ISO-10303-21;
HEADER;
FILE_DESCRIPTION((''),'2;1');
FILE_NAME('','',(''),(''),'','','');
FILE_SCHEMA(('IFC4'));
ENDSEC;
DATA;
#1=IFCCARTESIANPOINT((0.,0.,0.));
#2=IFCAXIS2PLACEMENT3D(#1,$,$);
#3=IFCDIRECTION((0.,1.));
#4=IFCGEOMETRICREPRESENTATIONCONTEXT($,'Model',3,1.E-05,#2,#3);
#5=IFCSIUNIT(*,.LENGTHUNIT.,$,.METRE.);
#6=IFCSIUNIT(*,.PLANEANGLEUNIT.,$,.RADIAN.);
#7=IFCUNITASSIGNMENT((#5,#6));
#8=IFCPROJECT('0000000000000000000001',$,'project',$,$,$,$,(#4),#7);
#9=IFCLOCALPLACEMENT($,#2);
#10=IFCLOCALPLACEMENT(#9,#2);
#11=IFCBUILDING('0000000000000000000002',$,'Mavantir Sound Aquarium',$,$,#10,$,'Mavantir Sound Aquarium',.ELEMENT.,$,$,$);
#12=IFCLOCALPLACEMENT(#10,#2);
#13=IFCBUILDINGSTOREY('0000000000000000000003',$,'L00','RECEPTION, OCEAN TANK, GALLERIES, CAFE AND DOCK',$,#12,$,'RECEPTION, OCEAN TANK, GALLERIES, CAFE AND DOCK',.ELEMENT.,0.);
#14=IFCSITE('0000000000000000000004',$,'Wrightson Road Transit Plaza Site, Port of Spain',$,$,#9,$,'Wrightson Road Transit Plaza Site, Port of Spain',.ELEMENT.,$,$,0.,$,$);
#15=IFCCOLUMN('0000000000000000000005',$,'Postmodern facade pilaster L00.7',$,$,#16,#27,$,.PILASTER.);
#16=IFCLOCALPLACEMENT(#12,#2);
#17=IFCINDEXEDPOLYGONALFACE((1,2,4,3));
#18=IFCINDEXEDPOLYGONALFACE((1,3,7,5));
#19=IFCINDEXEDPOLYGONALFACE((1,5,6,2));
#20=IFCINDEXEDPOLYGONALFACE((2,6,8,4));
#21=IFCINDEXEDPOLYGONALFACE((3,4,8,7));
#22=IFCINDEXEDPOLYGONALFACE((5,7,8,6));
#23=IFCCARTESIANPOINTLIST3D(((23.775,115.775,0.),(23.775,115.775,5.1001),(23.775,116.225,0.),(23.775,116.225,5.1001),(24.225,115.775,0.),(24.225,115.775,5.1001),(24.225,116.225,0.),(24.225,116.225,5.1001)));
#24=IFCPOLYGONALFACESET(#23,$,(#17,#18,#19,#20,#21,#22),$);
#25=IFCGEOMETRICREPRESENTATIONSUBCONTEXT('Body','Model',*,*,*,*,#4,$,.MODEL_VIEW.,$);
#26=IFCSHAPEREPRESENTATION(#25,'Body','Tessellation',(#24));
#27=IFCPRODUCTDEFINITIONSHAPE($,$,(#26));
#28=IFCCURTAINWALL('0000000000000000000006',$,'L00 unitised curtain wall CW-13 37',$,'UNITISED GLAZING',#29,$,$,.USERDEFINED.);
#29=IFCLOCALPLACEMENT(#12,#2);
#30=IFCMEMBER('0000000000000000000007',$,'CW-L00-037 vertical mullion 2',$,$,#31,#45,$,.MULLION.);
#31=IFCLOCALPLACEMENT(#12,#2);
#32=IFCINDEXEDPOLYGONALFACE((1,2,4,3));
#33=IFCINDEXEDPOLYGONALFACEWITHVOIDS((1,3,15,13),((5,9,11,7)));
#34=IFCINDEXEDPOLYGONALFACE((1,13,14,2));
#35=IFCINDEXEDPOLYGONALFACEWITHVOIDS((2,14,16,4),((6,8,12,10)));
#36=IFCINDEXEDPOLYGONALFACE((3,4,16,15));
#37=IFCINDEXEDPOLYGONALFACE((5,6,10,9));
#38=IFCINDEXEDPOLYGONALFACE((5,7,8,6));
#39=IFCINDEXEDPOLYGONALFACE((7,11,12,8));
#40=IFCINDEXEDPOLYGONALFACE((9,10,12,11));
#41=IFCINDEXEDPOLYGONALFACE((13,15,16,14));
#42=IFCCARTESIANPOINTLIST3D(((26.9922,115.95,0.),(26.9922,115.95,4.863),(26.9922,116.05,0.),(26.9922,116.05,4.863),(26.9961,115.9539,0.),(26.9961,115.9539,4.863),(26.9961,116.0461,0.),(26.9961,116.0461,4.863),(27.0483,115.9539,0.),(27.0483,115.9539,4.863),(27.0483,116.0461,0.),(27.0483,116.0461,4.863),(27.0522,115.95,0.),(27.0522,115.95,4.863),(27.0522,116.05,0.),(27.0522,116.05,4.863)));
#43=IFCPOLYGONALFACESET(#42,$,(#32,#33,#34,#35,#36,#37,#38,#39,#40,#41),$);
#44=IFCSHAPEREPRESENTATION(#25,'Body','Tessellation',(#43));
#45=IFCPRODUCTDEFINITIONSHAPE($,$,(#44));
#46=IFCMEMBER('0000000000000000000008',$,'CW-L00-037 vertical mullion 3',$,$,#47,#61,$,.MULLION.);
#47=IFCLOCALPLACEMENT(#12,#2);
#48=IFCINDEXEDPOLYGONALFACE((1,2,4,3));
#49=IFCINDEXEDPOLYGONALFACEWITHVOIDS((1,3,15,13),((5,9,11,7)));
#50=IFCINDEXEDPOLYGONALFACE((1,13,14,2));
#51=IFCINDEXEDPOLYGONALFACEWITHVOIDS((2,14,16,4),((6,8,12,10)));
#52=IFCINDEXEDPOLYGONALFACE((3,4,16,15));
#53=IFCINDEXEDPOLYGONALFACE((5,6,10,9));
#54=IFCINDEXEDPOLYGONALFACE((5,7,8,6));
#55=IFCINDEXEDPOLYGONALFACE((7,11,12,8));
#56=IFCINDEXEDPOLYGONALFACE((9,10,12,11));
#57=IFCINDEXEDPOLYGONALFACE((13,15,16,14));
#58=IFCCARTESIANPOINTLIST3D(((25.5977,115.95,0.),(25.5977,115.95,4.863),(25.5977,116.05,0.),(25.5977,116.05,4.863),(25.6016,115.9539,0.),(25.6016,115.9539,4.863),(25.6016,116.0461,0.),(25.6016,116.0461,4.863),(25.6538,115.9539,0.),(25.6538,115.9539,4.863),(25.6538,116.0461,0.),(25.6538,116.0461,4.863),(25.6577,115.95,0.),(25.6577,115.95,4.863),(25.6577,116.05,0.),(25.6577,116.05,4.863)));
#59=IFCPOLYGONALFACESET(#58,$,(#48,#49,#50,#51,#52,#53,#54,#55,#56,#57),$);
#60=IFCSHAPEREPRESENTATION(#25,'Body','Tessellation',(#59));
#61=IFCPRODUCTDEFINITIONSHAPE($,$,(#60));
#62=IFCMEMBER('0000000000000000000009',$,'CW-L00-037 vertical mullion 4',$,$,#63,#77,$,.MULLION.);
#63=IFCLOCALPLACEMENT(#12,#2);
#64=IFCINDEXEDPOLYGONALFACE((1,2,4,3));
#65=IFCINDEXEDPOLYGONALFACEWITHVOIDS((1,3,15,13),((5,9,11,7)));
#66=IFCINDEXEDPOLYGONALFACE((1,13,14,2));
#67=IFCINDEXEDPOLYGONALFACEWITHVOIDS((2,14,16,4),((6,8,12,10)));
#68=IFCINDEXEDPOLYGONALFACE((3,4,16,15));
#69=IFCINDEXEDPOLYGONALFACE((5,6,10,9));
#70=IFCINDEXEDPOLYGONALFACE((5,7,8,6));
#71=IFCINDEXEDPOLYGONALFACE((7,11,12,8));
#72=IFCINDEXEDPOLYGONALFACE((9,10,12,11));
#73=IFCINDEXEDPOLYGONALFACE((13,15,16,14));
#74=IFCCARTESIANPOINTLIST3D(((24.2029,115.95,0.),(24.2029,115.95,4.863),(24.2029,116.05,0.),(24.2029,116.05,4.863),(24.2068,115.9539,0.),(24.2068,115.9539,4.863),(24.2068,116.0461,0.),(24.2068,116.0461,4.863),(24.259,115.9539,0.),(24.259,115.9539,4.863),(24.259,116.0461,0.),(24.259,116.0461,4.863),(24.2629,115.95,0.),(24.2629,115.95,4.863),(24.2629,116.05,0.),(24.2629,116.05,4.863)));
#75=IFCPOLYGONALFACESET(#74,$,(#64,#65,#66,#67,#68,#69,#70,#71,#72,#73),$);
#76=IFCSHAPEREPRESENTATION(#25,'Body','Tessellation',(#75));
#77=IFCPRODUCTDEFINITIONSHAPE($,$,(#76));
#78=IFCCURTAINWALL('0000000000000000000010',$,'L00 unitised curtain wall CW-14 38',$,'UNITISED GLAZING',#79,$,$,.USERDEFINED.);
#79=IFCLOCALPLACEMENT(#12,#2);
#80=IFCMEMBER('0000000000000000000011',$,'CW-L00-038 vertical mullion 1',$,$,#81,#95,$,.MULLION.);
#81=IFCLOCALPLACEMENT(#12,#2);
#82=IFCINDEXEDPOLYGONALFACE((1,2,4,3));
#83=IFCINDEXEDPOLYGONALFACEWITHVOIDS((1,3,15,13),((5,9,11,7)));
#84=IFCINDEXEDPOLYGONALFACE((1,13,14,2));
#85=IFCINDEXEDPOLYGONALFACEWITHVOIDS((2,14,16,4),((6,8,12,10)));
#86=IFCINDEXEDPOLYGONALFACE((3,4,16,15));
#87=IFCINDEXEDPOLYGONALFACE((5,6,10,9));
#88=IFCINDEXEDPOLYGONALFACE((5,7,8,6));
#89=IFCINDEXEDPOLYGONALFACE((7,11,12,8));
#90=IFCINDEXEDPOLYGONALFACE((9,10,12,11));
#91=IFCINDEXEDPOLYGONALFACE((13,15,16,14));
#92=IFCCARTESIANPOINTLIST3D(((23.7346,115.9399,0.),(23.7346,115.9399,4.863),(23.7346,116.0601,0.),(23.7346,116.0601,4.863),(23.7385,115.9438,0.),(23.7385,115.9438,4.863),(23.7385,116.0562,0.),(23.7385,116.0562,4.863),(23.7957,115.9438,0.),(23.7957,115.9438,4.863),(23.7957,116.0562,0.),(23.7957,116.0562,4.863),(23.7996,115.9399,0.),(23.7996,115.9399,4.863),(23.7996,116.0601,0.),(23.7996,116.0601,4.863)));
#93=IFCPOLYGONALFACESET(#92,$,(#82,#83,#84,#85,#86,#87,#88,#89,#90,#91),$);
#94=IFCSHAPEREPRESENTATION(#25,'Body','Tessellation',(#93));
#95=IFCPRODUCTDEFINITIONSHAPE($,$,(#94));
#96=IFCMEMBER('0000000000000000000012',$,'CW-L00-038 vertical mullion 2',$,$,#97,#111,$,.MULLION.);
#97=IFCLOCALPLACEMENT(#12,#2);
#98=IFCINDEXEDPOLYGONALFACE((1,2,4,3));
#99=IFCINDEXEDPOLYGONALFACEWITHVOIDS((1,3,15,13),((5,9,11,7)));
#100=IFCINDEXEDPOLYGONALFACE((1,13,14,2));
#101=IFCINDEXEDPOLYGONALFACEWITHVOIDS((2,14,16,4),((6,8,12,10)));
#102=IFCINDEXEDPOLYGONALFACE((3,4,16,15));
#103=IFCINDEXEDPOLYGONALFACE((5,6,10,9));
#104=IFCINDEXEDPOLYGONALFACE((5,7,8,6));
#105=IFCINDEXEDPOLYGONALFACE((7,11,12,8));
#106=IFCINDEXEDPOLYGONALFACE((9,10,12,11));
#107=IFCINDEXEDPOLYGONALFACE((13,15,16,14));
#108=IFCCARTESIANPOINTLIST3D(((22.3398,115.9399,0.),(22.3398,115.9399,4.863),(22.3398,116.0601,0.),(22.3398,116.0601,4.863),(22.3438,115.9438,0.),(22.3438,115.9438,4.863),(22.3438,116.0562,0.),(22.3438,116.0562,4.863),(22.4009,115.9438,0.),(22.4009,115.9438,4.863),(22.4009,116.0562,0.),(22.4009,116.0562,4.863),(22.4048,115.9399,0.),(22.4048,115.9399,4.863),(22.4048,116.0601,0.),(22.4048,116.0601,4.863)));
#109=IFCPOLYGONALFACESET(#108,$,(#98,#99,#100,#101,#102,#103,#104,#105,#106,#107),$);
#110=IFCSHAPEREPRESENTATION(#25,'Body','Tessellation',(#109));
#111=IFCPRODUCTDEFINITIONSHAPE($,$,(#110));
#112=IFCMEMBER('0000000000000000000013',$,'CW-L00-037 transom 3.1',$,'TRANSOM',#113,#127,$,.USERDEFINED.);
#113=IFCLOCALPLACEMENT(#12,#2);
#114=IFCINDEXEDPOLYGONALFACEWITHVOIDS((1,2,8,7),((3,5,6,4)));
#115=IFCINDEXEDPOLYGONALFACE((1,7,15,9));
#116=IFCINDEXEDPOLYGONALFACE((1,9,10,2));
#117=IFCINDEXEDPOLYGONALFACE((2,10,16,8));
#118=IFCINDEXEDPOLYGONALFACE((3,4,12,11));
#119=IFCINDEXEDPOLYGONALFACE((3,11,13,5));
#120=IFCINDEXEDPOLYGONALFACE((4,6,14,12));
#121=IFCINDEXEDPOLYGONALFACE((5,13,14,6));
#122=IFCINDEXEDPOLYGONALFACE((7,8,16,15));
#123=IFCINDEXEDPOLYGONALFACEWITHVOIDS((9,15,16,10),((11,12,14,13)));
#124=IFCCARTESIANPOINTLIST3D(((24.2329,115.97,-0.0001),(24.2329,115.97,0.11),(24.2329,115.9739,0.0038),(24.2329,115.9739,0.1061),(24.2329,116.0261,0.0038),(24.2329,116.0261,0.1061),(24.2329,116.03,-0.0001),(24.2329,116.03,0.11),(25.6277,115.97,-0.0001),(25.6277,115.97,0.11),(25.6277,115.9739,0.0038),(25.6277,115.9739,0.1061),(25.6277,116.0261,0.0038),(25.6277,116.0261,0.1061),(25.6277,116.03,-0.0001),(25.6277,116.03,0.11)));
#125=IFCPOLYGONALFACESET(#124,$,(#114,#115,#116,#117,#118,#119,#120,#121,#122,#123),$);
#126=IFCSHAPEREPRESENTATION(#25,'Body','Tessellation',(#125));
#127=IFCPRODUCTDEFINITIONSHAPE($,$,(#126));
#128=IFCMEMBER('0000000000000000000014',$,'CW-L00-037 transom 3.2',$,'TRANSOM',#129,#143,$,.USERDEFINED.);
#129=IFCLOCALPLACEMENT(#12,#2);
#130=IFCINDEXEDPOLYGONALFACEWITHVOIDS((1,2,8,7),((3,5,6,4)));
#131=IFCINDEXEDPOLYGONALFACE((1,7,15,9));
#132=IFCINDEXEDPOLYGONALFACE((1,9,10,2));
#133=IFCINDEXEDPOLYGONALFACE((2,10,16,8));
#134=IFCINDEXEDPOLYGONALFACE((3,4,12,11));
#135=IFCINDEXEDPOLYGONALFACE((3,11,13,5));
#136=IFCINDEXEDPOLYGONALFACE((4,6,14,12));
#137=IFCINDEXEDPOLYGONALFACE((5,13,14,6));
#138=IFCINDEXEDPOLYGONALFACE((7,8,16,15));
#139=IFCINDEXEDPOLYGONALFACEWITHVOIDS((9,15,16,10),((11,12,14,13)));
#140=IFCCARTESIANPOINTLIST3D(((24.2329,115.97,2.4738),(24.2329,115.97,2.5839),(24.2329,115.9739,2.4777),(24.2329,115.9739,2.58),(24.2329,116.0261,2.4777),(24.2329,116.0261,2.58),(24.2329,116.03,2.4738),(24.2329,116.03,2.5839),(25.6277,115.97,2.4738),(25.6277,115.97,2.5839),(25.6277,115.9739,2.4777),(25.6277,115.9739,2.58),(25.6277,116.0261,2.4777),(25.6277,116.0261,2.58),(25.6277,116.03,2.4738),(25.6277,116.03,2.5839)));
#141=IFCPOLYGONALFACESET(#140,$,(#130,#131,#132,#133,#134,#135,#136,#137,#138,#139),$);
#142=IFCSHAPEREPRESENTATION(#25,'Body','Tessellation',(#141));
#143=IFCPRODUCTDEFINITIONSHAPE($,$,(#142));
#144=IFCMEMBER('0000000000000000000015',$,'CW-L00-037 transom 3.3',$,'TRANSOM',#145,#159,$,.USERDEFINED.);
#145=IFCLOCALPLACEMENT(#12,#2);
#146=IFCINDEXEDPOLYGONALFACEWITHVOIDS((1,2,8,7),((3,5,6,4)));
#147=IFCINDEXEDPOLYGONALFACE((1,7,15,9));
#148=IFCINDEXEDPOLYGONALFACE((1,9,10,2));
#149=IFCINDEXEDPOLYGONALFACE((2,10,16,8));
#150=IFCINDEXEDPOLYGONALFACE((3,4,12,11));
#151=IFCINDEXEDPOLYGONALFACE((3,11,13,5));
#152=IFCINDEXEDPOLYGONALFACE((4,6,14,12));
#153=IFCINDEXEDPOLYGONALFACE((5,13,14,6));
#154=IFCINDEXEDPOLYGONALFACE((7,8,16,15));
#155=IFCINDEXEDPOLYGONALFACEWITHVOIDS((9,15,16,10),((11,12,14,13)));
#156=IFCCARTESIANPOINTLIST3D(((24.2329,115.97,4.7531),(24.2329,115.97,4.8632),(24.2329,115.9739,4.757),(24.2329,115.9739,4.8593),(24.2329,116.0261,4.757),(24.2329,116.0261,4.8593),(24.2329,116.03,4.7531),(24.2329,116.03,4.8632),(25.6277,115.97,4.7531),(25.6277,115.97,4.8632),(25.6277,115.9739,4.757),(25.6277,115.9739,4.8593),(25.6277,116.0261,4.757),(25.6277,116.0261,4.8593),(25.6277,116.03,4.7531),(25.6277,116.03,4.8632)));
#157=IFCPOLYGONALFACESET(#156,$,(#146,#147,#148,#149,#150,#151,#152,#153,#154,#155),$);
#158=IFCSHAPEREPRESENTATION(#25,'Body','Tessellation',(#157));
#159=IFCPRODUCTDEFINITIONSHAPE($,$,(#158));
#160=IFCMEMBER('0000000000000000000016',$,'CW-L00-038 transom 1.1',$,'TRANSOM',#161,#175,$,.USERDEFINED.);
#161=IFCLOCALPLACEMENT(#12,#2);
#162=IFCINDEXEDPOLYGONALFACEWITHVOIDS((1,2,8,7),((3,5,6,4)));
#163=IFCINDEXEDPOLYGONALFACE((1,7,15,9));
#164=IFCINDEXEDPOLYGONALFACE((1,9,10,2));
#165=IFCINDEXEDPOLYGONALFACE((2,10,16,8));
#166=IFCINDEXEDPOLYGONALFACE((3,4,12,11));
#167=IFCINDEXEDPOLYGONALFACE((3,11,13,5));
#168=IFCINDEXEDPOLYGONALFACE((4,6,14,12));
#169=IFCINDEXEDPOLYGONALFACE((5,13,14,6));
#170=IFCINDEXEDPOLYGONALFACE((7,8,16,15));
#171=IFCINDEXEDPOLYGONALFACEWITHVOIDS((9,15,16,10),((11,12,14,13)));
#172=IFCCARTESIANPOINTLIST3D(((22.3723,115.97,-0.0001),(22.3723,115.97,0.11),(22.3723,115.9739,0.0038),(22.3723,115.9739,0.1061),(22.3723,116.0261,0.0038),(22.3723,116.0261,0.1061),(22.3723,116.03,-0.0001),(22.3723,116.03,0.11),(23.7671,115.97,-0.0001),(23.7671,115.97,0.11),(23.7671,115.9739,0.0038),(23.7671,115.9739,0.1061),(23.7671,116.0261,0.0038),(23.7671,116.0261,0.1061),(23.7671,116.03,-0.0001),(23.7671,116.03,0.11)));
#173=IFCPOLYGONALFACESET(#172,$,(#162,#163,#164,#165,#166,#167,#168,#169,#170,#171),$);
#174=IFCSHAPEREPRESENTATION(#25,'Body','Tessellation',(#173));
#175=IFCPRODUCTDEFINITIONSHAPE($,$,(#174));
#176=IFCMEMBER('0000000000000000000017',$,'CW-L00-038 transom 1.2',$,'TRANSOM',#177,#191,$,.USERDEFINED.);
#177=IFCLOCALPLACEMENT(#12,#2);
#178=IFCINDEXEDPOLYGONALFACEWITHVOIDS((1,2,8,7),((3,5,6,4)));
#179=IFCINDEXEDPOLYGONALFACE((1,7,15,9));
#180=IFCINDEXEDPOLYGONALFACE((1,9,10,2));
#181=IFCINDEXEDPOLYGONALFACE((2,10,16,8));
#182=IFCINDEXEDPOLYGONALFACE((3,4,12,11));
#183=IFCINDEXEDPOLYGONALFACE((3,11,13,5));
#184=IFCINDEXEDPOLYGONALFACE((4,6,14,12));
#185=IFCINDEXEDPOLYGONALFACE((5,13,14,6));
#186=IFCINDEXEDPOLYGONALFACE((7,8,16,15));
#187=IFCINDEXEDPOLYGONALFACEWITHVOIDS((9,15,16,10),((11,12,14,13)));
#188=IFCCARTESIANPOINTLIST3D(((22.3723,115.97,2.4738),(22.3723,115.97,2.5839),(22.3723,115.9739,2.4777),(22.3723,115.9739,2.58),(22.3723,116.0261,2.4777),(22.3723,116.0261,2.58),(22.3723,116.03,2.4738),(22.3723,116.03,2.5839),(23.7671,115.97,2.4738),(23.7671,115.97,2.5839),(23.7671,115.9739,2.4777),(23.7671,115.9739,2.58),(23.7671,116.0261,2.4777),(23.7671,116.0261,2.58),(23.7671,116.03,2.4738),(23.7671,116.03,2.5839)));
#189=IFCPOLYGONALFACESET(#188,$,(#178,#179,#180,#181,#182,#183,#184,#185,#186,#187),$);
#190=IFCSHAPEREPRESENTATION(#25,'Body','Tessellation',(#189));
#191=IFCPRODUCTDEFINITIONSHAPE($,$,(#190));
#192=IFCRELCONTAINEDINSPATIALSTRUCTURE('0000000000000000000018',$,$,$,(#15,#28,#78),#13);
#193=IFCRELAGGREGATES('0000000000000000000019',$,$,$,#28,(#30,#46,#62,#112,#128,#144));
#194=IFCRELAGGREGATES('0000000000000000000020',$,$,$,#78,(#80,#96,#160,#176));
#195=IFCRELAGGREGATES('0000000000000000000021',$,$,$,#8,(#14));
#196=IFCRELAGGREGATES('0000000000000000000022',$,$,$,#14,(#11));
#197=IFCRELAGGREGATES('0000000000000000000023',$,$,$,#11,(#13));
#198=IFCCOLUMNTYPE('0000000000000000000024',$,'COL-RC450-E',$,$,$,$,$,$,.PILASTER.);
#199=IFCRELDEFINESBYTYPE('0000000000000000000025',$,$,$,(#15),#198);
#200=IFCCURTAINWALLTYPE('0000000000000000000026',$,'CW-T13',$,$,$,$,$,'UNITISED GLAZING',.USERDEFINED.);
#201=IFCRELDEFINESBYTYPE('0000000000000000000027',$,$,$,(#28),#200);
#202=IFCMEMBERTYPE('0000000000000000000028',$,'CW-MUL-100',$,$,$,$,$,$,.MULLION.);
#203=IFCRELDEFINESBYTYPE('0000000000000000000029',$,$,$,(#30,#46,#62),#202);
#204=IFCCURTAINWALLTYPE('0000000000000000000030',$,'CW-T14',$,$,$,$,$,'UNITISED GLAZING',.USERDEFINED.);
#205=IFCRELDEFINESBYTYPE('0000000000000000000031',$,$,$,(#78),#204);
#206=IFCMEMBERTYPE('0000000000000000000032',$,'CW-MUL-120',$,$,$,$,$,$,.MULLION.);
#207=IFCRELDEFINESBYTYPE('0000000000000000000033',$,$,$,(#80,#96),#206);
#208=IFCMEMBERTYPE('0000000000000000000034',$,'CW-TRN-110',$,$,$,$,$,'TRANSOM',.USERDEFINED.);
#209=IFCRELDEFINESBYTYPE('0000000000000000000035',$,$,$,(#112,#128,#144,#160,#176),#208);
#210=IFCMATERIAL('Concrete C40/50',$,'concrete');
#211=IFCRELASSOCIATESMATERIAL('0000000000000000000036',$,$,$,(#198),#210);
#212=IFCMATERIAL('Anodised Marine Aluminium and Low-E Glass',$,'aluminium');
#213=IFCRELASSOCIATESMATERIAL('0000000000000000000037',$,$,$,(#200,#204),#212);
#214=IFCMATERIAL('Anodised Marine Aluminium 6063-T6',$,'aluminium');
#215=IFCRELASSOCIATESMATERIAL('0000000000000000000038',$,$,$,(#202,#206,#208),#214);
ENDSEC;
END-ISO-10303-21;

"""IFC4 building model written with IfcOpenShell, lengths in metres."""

from ifc_helpers import new_model, si_unit, direction, frame, origin, origin_2d, place, context, subcontext, project, spatial, rectangle, hollow_rectangle, extrude, material, material_profile, profile_set, type_object, element, aggregate, save


model = new_model("IFC4")

# Units and contexts
model_context = context("Model", 3, precision=1e-05, world=origin(), true_north=direction((0.0, 1.0)))
body_context = subcontext(model_context, "Body", "Model", "MODEL_VIEW")
ifc_project = project(units=[si_unit("LENGTHUNIT", "METRE"), si_unit("PLANEANGLEUNIT", "RADIAN")], contexts=[model_context])

# Site, building, storey
site_placement = place(None, origin())
site = spatial("IfcSite", under=ifc_project, at=site_placement, Name="Wrightson Road Transit Plaza Site, Port of Spain", LongName="Wrightson Road Transit Plaza Site, Port of Spain", CompositionType="ELEMENT", RefElevation=0.0)
building_placement = place(site_placement, origin())
building = spatial("IfcBuilding", under=site, at=building_placement, Name="Mavantir Sound Aquarium", LongName="Mavantir Sound Aquarium", CompositionType="ELEMENT")
storey_placement = place(building_placement, origin())
storey = spatial("IfcBuildingStorey", under=building, at=storey_placement, Name="L00", Description="RECEPTION, OCEAN TANK, GALLERIES, CAFE AND DOCK", LongName="RECEPTION, OCEAN TANK, GALLERIES, CAFE AND DOCK", CompositionType="ELEMENT", Elevation=0.0)

# Column
ifc_material_1 = material(Name="Concrete C40/50", Category="concrete")
ifc_material_profile_1 = material_profile(ifc_material_1, rectangle(XDim=0.45, YDim=0.45, at=origin_2d()), Name="RC 450X450")
ifc_profile_set_1 = profile_set([ifc_material_profile_1], Name="Concrete C40/50")
column_type = type_object("IfcColumnType", Name="COL-RC450-E", PredefinedType="PILASTER", material=ifc_profile_set_1)
column_placement = place(storey_placement, frame((24.0, 116.0, 0.0), z_axis=(0.0, 0.0, 1.0), x_axis=(1.0, 0.0, 0.0)))
element("IfcColumn", 1, at=column_placement, inside=storey, type_object=column_type, Name="Postmodern facade pilaster L00.7", PredefinedType="PILASTER", context=body_context, shape_type="SweptSolid", body=[
    extrude(rectangle(XDim=0.45, YDim=0.45, at=origin_2d()), origin(), (0.0, 0.0, 1.0), 5.1001),
])

# Curtain walls, members
ifc_material_2 = material(Name="Anodised Marine Aluminium and Low-E Glass", Category="aluminium")
curtain_wall_type_1 = type_object("IfcCurtainWallType", Name="CW-T13", ElementType="UNITISED GLAZING", PredefinedType="USERDEFINED", material=ifc_material_2)
curtain_wall_1_placement = place(storey_placement, origin())
curtain_wall_1 = element("IfcCurtainWall", 2, at=curtain_wall_1_placement, inside=storey, type_object=curtain_wall_type_1, Name="L00 unitised curtain wall CW-13 37", ObjectType="UNITISED GLAZING", PredefinedType="USERDEFINED")
ifc_material_3 = material(Name="Anodised Marine Aluminium 6063-T6", Category="aluminium")
ifc_material_profile_2 = material_profile(ifc_material_3, hollow_rectangle(XDim=0.0601, YDim=0.1001, WallThickness=0.0039, at=origin_2d()), Name="ALU-MULLION-100X60")
ifc_profile_set_2 = profile_set([ifc_material_profile_2], Name="Anodised Marine Aluminium 6063-T6")
member_type_1 = type_object("IfcMemberType", Name="CW-MUL-100", PredefinedType="MULLION", material=ifc_profile_set_2)
member_1_placement = place(storey_placement, frame((27.0222, 116.0, 0.0), z_axis=(0.0, 0.0, 1.0), x_axis=(1.0, 0.0, 0.0)))
member_1 = element("IfcMember", 3, at=member_1_placement, type_object=member_type_1, Name="CW-L00-037 vertical mullion 2", PredefinedType="MULLION", context=body_context, shape_type="SweptSolid", body=[
    extrude(hollow_rectangle(XDim=0.0601, YDim=0.1001, WallThickness=0.0039, at=origin_2d()), origin(), (0.0, 0.0, 1.0), 4.863),
])
member_2_placement = place(storey_placement, frame((25.6277, 116.0, 0.0), z_axis=(0.0, 0.0, 1.0), x_axis=(1.0, 0.0, 0.0)))
member_2 = element("IfcMember", 4, at=member_2_placement, type_object=member_type_1, Name="CW-L00-037 vertical mullion 3", PredefinedType="MULLION", context=body_context, shape_type="SweptSolid", body=[
    extrude(hollow_rectangle(XDim=0.0601, YDim=0.1001, WallThickness=0.0039, at=origin_2d()), origin(), (0.0, 0.0, 1.0), 4.863),
])
member_3_placement = place(storey_placement, frame((24.2329, 116.0, 0.0), z_axis=(0.0, 0.0, 1.0), x_axis=(1.0, 0.0, 0.0)))
member_3 = element("IfcMember", 5, at=member_3_placement, type_object=member_type_1, Name="CW-L00-037 vertical mullion 4", PredefinedType="MULLION", context=body_context, shape_type="SweptSolid", body=[
    extrude(hollow_rectangle(XDim=0.0601, YDim=0.1001, WallThickness=0.0039, at=origin_2d()), origin(), (0.0, 0.0, 1.0), 4.863),
])
curtain_wall_type_2 = type_object("IfcCurtainWallType", Name="CW-T14", ElementType="UNITISED GLAZING", PredefinedType="USERDEFINED", material=ifc_material_2)
curtain_wall_2_placement = place(storey_placement, origin())
curtain_wall_2 = element("IfcCurtainWall", 6, at=curtain_wall_2_placement, inside=storey, type_object=curtain_wall_type_2, Name="L00 unitised curtain wall CW-14 38", ObjectType="UNITISED GLAZING", PredefinedType="USERDEFINED")
ifc_material_profile_3 = material_profile(ifc_material_3, hollow_rectangle(XDim=0.0649, YDim=0.1201, WallThickness=0.0039, at=origin_2d()), Name="ALU-MULLION-120X65")
ifc_profile_set_3 = profile_set([ifc_material_profile_3], Name="Anodised Marine Aluminium 6063-T6")
member_type_2 = type_object("IfcMemberType", Name="CW-MUL-120", PredefinedType="MULLION", material=ifc_profile_set_3)
member_4_placement = place(storey_placement, frame((23.7671, 116.0, 0.0), z_axis=(0.0, 0.0, 1.0), x_axis=(1.0, 0.0, 0.0)))
member_4 = element("IfcMember", 7, at=member_4_placement, type_object=member_type_2, Name="CW-L00-038 vertical mullion 1", PredefinedType="MULLION", context=body_context, shape_type="SweptSolid", body=[
    extrude(hollow_rectangle(XDim=0.0649, YDim=0.1201, WallThickness=0.0039, at=origin_2d()), origin(), (0.0, 0.0, 1.0), 4.863),
])
member_5_placement = place(storey_placement, frame((22.3723, 116.0, 0.0), z_axis=(0.0, 0.0, 1.0), x_axis=(1.0, 0.0, 0.0)))
member_5 = element("IfcMember", 8, at=member_5_placement, type_object=member_type_2, Name="CW-L00-038 vertical mullion 2", PredefinedType="MULLION", context=body_context, shape_type="SweptSolid", body=[
    extrude(hollow_rectangle(XDim=0.0649, YDim=0.1201, WallThickness=0.0039, at=origin_2d()), origin(), (0.0, 0.0, 1.0), 4.863),
])

# Members
ifc_material_profile_4 = material_profile(ifc_material_3, hollow_rectangle(XDim=0.0601, YDim=0.1101, WallThickness=0.0039, at=origin_2d()), Name="ALU-TRANSOM-110X60")
ifc_profile_set_4 = profile_set([ifc_material_profile_4], Name="Anodised Marine Aluminium 6063-T6")
member_type_3 = type_object("IfcMemberType", Name="CW-TRN-110", ElementType="TRANSOM", PredefinedType="USERDEFINED", material=ifc_profile_set_4)
member_6_placement = place(storey_placement, frame((25.6277, 116.0, 0.0549), z_axis=(-1.0, 0.0, 0.0), x_axis=(0.0, -1.0, 0.0)))
member_6 = element("IfcMember", 9, at=member_6_placement, type_object=member_type_3, Name="CW-L00-037 transom 3.1", ObjectType="TRANSOM", PredefinedType="USERDEFINED", context=body_context, shape_type="SweptSolid", body=[
    extrude(hollow_rectangle(XDim=0.0601, YDim=0.1101, WallThickness=0.0039, at=origin_2d()), origin(), (0.0, 0.0, 1.0), 1.3948),
])
member_7_placement = place(storey_placement, frame((25.6277, 116.0, 2.5288), z_axis=(-1.0, 0.0, 0.0), x_axis=(0.0, -1.0, 0.0)))
member_7 = element("IfcMember", 10, at=member_7_placement, type_object=member_type_3, Name="CW-L00-037 transom 3.2", ObjectType="TRANSOM", PredefinedType="USERDEFINED", context=body_context, shape_type="SweptSolid", body=[
    extrude(hollow_rectangle(XDim=0.0601, YDim=0.1101, WallThickness=0.0039, at=origin_2d()), origin(), (0.0, 0.0, 1.0), 1.3948),
])
member_8_placement = place(storey_placement, frame((25.6277, 116.0, 4.8081), z_axis=(-1.0, 0.0, 0.0), x_axis=(0.0, -1.0, 0.0)))
member_8 = element("IfcMember", 11, at=member_8_placement, type_object=member_type_3, Name="CW-L00-037 transom 3.3", ObjectType="TRANSOM", PredefinedType="USERDEFINED", context=body_context, shape_type="SweptSolid", body=[
    extrude(hollow_rectangle(XDim=0.0601, YDim=0.1101, WallThickness=0.0039, at=origin_2d()), origin(), (0.0, 0.0, 1.0), 1.3948),
])
member_9_placement = place(storey_placement, frame((23.7671, 116.0, 0.0549), z_axis=(-1.0, 0.0, 0.0), x_axis=(0.0, -1.0, 0.0)))
member_9 = element("IfcMember", 12, at=member_9_placement, type_object=member_type_3, Name="CW-L00-038 transom 1.1", ObjectType="TRANSOM", PredefinedType="USERDEFINED", context=body_context, shape_type="SweptSolid", body=[
    extrude(hollow_rectangle(XDim=0.0601, YDim=0.1101, WallThickness=0.0039, at=origin_2d()), origin(), (0.0, 0.0, 1.0), 1.3948),
])
member_10_placement = place(storey_placement, frame((23.7671, 116.0, 2.5288), z_axis=(-1.0, 0.0, 0.0), x_axis=(0.0, -1.0, 0.0)))
member_10 = element("IfcMember", 13, at=member_10_placement, type_object=member_type_3, Name="CW-L00-038 transom 1.2", ObjectType="TRANSOM", PredefinedType="USERDEFINED", context=body_context, shape_type="SweptSolid", body=[
    extrude(hollow_rectangle(XDim=0.0601, YDim=0.1101, WallThickness=0.0039, at=origin_2d()), origin(), (0.0, 0.0, 1.0), 1.3948),
])

aggregate(curtain_wall_1, [member_1, member_2, member_3, member_6, member_7, member_8])
aggregate(curtain_wall_2, [member_4, member_5, member_9, member_10])

save(model, "model.ifc")
